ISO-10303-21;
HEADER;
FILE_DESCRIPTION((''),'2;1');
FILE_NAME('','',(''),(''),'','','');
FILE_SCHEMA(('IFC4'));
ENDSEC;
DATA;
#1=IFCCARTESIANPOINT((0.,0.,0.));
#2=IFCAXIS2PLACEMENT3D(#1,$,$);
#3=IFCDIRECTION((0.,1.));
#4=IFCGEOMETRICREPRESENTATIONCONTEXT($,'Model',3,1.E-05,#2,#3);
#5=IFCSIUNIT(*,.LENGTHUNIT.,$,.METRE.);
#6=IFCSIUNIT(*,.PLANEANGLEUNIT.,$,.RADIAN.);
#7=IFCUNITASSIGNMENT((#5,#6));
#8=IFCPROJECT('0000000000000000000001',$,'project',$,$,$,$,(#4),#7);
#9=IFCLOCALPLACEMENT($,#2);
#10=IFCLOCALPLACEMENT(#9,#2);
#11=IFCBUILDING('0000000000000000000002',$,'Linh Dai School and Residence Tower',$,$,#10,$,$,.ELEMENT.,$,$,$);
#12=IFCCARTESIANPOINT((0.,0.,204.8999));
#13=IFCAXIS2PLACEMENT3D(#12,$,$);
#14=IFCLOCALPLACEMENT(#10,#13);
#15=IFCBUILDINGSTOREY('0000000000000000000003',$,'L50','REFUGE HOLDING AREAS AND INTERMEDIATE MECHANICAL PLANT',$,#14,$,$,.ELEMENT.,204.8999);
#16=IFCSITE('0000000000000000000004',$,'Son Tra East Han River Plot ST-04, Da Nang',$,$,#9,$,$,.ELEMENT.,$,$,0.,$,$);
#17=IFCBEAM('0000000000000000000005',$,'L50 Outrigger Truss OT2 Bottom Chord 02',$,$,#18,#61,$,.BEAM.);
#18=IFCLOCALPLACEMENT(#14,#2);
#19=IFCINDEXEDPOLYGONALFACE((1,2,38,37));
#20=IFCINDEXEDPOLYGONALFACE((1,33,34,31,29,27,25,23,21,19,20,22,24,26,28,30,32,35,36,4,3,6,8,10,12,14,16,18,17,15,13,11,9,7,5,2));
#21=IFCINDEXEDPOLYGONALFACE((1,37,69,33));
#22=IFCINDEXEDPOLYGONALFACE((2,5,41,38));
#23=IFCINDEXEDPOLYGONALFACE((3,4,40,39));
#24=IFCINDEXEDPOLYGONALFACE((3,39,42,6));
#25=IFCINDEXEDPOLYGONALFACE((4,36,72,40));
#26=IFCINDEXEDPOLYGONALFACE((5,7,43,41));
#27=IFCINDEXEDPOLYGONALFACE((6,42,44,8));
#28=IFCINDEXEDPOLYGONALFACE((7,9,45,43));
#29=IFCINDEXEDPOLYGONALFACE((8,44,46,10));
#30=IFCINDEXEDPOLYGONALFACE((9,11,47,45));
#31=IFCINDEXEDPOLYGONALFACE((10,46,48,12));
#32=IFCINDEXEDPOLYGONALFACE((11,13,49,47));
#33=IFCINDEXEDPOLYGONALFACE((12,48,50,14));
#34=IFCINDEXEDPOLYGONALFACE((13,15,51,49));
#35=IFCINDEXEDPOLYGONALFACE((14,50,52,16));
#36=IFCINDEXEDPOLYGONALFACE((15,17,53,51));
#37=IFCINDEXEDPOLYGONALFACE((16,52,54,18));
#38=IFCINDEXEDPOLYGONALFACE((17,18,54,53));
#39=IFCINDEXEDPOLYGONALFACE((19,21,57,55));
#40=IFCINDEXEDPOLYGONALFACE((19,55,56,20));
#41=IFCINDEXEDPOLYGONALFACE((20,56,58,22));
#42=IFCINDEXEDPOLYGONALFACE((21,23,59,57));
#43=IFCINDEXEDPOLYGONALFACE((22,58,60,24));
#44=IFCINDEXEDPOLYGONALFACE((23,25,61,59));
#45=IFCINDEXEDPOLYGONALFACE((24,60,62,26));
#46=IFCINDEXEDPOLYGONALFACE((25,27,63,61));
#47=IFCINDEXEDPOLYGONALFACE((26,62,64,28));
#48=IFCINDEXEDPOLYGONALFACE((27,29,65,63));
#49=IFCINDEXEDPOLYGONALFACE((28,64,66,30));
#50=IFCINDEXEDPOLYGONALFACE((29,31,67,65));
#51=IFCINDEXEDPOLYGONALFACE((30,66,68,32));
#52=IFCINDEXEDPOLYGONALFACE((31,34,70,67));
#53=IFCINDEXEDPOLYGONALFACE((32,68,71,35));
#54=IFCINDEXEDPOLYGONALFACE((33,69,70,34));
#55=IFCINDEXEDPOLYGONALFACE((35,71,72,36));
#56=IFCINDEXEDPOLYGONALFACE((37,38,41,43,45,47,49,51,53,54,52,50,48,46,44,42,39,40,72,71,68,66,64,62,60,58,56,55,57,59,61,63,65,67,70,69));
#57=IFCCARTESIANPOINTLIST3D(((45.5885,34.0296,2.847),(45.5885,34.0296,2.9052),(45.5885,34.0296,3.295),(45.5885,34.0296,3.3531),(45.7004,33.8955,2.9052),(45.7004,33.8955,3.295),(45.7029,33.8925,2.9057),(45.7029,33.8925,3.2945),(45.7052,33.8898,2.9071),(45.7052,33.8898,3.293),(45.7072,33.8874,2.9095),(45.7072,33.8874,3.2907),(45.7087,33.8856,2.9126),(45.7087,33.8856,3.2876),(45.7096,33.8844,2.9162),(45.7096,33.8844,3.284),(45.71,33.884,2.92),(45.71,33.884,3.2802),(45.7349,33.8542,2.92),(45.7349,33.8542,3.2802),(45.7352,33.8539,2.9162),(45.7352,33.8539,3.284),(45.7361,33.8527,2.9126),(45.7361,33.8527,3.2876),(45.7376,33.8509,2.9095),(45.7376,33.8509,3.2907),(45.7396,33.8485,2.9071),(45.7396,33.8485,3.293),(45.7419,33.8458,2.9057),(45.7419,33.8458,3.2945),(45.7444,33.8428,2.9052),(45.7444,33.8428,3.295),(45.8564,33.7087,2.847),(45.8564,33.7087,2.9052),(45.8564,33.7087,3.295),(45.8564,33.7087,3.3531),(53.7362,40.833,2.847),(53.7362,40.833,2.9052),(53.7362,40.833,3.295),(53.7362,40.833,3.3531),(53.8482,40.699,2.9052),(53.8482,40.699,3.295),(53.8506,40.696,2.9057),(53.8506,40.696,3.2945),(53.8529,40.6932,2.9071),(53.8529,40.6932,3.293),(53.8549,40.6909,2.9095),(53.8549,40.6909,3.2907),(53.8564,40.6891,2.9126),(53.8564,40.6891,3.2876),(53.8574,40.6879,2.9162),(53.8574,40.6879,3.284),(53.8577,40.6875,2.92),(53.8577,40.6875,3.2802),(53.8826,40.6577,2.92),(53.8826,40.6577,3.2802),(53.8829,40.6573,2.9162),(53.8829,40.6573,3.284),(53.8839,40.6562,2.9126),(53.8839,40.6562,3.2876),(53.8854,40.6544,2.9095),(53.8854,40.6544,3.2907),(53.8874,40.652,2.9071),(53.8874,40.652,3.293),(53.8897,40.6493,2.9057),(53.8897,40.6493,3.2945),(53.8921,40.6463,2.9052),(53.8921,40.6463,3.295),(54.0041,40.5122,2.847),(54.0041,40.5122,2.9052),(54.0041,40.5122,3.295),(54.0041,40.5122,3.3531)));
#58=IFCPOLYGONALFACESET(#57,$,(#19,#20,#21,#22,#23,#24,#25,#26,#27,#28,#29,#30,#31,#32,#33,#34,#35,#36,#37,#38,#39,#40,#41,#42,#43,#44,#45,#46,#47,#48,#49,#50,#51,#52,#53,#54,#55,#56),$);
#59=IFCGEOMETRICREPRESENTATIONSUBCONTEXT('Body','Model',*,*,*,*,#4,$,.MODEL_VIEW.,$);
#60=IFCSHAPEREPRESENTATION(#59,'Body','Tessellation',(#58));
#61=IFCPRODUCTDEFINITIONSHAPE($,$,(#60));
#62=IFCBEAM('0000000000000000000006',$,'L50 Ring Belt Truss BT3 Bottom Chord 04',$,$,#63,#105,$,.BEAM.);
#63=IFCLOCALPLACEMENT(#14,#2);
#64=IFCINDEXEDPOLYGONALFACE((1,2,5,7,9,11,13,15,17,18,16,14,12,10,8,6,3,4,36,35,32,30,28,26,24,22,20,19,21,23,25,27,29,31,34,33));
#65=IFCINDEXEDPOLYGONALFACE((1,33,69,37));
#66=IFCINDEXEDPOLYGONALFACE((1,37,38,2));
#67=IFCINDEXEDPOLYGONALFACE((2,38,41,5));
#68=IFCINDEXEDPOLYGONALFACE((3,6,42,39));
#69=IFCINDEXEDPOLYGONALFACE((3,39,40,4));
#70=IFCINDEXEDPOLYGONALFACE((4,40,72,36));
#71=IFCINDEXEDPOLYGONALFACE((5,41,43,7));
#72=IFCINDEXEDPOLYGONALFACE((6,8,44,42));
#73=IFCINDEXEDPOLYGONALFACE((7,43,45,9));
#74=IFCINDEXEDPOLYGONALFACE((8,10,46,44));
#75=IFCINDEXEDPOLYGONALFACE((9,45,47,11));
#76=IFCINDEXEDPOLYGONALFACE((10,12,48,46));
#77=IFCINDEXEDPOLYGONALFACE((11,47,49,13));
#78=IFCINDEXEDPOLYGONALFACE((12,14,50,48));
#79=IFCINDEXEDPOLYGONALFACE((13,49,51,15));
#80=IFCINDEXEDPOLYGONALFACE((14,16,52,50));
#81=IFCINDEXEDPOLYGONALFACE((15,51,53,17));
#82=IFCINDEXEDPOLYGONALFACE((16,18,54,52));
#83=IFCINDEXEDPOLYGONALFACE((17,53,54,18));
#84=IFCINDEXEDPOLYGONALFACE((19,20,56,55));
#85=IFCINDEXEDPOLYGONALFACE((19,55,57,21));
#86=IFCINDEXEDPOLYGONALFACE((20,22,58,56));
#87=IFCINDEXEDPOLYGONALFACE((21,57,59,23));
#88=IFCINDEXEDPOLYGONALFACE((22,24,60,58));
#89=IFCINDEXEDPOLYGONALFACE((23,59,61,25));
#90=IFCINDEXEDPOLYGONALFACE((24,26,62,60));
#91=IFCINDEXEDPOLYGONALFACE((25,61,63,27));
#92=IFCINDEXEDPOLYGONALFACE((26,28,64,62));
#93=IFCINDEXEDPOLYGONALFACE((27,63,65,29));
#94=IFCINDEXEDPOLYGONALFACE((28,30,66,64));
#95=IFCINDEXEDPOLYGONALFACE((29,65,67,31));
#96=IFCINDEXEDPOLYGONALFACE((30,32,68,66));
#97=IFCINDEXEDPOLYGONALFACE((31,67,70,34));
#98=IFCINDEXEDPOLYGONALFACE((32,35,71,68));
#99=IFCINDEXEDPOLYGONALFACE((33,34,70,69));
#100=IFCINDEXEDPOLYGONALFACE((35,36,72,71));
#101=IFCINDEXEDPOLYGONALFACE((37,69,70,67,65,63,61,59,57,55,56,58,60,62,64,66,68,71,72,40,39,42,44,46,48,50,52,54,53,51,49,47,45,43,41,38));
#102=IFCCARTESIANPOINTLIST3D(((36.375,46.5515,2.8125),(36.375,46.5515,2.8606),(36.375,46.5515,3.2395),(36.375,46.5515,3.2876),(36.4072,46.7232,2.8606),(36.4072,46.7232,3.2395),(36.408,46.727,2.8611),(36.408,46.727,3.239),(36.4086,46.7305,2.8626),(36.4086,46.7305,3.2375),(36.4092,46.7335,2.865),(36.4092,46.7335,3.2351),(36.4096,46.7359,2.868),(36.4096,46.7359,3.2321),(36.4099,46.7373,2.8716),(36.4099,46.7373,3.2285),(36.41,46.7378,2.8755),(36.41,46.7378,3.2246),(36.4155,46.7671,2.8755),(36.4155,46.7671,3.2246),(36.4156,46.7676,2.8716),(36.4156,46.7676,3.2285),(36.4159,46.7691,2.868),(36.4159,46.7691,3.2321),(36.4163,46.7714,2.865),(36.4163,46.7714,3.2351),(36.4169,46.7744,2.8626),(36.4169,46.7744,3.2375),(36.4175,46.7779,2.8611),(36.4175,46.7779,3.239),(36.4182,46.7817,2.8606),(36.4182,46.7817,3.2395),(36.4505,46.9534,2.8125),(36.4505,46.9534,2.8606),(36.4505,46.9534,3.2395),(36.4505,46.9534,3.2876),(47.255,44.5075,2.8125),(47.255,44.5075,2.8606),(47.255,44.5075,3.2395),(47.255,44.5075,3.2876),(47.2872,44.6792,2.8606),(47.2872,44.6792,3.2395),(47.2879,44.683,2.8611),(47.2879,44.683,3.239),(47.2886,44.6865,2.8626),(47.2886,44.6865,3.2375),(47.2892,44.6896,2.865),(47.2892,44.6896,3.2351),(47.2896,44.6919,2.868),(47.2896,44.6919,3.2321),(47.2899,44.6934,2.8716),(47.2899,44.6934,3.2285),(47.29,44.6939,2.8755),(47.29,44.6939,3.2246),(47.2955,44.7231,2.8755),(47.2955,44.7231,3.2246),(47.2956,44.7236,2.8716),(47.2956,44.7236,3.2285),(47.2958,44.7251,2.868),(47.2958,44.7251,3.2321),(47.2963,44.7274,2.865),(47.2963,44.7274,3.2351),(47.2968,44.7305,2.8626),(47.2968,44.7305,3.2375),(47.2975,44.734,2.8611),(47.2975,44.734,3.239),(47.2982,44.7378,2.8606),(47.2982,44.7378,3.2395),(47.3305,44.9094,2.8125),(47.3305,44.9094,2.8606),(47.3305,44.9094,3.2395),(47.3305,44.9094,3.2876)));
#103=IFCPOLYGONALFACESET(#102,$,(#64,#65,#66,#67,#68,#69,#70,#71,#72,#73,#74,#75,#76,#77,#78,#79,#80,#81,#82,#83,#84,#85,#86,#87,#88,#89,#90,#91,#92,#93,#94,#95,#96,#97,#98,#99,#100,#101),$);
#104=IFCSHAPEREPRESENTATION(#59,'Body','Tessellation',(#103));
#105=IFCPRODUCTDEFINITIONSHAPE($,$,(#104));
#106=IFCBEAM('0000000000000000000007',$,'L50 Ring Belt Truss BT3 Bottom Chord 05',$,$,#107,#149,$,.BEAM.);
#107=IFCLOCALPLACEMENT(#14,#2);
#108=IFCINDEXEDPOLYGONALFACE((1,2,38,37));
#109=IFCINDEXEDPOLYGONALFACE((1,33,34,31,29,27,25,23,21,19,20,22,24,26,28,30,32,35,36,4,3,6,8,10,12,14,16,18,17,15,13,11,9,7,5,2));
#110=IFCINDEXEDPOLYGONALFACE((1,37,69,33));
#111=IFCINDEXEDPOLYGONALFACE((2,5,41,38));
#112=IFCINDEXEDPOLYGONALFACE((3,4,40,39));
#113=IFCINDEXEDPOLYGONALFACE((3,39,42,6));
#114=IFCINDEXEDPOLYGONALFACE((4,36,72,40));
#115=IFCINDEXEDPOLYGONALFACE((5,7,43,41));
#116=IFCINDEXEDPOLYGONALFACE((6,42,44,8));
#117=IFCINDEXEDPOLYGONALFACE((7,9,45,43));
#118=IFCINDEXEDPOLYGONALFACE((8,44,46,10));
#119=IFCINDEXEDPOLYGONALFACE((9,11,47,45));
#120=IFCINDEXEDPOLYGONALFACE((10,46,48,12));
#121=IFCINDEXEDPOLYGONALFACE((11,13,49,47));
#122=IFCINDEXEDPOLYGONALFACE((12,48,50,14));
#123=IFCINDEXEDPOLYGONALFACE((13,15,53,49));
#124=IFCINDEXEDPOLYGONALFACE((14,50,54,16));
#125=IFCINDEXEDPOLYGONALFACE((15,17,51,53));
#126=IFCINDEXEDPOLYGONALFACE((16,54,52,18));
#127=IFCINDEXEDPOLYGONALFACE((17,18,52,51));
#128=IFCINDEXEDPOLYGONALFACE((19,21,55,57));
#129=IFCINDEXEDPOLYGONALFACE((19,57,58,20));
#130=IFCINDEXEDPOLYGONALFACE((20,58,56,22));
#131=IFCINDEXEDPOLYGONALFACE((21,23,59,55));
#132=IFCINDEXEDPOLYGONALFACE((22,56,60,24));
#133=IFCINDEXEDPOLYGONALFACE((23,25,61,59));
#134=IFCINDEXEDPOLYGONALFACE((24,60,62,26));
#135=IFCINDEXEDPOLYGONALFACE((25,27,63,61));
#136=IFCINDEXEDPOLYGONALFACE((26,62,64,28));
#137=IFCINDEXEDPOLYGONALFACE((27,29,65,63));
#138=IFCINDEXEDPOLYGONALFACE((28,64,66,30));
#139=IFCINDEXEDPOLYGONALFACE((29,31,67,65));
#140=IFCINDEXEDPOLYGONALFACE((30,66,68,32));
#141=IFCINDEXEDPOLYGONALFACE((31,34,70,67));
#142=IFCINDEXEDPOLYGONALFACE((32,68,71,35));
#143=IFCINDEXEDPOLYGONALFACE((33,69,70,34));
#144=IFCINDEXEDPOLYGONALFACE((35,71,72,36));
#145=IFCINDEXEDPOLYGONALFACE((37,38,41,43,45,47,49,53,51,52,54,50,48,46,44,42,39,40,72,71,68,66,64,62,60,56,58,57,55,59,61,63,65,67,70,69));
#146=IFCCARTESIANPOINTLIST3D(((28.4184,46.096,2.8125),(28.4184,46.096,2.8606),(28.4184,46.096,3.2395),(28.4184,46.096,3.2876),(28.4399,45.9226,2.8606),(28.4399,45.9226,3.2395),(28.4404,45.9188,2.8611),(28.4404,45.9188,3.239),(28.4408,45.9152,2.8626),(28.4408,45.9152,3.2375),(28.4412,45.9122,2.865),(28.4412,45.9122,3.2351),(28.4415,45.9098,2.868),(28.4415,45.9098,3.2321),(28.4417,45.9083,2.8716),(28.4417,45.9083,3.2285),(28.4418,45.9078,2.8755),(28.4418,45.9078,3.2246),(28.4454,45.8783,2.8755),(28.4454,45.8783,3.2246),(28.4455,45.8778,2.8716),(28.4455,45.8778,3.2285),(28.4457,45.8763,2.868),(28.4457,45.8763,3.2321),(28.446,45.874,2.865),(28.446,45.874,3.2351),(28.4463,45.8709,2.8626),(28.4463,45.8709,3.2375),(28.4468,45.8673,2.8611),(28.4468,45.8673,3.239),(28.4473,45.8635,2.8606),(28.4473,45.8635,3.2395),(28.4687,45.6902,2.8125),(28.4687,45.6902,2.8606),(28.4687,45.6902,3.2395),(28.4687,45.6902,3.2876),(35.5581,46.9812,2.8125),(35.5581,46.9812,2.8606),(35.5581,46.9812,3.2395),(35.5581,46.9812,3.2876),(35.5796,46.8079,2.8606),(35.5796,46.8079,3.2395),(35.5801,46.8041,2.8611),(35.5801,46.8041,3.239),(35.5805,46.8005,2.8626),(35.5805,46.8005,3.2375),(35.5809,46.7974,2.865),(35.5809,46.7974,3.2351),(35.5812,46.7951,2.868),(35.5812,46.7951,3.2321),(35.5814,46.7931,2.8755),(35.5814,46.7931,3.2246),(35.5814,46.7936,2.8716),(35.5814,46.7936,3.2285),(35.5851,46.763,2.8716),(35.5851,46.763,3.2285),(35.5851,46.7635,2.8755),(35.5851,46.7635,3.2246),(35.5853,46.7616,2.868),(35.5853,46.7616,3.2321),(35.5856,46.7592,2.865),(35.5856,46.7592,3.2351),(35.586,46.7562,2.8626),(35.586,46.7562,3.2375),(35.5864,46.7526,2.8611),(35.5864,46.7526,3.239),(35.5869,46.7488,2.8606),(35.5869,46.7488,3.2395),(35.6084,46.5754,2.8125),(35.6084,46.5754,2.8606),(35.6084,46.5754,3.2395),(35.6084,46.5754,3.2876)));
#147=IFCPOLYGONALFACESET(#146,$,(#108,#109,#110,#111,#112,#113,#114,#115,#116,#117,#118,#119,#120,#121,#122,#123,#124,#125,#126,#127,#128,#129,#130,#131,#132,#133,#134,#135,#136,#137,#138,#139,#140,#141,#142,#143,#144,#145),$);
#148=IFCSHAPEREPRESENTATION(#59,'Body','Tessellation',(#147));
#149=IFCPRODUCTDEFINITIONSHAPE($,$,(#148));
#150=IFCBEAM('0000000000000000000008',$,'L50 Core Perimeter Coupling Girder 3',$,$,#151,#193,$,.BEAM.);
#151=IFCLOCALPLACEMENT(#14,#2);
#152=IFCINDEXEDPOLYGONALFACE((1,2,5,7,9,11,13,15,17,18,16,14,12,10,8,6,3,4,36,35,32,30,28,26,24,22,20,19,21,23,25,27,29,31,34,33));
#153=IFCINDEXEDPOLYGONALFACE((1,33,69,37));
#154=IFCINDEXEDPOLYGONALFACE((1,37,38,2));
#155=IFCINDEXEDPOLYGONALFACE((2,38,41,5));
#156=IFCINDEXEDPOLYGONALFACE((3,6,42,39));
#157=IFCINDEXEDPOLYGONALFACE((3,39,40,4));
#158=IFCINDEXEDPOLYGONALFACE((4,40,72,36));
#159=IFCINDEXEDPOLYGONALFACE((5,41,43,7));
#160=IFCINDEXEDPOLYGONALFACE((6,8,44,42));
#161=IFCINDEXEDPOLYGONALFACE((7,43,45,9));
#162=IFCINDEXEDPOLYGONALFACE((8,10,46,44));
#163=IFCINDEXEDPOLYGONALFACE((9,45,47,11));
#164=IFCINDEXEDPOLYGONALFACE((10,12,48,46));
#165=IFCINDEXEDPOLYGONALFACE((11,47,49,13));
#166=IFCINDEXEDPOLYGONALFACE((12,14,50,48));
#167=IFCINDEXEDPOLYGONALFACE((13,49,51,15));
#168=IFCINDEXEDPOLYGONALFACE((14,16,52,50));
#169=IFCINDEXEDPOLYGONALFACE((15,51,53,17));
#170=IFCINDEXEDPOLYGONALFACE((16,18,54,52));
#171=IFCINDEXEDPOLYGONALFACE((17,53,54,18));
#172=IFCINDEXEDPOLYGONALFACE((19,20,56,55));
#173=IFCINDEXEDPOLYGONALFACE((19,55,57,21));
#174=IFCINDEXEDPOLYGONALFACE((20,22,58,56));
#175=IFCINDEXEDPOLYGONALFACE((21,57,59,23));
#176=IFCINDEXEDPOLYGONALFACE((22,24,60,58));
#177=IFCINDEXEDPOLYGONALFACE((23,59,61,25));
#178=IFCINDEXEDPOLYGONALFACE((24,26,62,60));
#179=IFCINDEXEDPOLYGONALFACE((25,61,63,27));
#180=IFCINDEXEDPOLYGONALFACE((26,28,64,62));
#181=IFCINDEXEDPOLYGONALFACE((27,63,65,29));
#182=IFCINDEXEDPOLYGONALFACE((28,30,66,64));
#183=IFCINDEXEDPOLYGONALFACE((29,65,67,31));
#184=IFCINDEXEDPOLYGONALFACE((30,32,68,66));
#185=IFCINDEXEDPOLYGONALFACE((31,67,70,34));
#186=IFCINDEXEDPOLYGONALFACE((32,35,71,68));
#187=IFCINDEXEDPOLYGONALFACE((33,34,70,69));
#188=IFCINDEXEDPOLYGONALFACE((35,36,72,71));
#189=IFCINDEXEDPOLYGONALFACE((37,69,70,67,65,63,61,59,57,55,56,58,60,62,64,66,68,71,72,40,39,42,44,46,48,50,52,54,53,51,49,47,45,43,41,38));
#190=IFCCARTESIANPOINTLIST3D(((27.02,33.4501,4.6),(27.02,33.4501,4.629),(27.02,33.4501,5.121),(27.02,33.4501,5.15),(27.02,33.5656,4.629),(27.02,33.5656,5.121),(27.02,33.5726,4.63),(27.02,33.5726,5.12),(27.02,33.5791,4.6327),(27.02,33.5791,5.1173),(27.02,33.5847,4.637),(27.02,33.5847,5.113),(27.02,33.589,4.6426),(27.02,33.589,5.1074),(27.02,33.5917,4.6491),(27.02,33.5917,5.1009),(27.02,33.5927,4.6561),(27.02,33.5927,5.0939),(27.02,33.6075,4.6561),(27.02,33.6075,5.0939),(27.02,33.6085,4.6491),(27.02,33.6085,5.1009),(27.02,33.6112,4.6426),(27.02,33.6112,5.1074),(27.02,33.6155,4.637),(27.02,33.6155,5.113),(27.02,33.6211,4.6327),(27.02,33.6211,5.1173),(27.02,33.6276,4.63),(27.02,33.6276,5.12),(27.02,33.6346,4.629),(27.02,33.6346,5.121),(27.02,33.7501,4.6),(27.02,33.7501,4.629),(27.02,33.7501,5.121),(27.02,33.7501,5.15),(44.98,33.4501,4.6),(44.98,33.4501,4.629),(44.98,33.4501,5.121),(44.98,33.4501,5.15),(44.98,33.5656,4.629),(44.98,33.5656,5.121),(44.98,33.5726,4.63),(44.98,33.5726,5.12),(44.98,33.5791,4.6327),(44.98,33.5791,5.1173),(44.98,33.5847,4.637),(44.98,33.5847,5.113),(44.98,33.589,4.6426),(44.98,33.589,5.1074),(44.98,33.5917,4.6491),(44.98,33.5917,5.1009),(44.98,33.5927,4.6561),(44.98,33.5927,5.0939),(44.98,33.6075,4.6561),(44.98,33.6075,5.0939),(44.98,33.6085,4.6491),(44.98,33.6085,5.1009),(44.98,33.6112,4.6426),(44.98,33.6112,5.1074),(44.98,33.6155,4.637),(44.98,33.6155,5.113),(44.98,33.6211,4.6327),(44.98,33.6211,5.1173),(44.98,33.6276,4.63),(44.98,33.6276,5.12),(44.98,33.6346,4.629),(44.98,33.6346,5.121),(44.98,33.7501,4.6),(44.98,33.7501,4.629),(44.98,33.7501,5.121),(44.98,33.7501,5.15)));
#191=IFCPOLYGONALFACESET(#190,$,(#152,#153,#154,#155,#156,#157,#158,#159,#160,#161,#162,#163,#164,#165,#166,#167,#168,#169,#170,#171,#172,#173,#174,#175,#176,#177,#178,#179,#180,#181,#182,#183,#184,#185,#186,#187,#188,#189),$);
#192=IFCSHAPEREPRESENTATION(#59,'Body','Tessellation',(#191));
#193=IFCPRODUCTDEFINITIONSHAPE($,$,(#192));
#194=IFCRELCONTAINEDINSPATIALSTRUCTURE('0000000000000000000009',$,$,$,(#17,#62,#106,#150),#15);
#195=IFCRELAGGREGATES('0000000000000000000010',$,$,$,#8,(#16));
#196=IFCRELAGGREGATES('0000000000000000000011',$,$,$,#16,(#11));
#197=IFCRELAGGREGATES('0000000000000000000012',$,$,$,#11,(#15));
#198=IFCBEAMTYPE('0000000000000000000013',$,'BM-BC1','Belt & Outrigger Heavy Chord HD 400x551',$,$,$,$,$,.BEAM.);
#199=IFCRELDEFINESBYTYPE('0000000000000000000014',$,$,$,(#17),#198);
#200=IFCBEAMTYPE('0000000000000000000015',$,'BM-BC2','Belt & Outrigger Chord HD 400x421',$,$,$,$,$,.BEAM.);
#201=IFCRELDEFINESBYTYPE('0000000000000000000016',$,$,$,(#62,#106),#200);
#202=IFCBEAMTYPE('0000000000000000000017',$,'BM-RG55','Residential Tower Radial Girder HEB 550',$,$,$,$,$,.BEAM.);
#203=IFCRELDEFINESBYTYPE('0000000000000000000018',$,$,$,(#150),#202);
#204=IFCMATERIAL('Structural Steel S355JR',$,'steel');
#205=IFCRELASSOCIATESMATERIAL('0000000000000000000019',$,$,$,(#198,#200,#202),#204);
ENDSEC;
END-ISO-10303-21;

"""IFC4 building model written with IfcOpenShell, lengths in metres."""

from ifc_helpers import new_model, si_unit, direction, frame, origin, origin_2d, place, context, subcontext, project, spatial, i_section, extrude, material, material_profile, profile_set, type_object, element, save


model = new_model("IFC4")

# Units and contexts
model_context = context("Model", 3, precision=1e-05, world=origin(), true_north=direction((0.0, 1.0)))
body_context = subcontext(model_context, "Body", "Model", "MODEL_VIEW")
ifc_project = project(units=[si_unit("LENGTHUNIT", "METRE"), si_unit("PLANEANGLEUNIT", "RADIAN")], contexts=[model_context])

# Site, building, storey
site_placement = place(None, origin())
site = spatial("IfcSite", under=ifc_project, at=site_placement, Name="Son Tra East Han River Plot ST-04, Da Nang", CompositionType="ELEMENT", RefElevation=0.0)
building_placement = place(site_placement, origin())
building = spatial("IfcBuilding", under=site, at=building_placement, Name="Linh Dai School and Residence Tower", CompositionType="ELEMENT")
storey_placement = place(building_placement, frame((0.0, 0.0, 204.8999)))
storey = spatial("IfcBuildingStorey", under=building, at=storey_placement, Name="L50", Description="REFUGE HOLDING AREAS AND INTERMEDIATE MECHANICAL PLANT", CompositionType="ELEMENT", Elevation=204.8999)

# Shared definitions
ifc_material_1 = material(Name="Structural Steel S355JR", Category="steel")

# Beams
ifc_material_profile_1 = material_profile(ifc_material_1, i_section(OverallWidth=0.418, OverallDepth=0.5061, WebThickness=0.0388, FlangeThickness=0.0581, FilletRadius=0.0149, at=origin_2d()), Name="HD 400x551")
ifc_profile_set_1 = profile_set([ifc_material_profile_1], Name="Structural Steel S355JR")
beam_type_1 = type_object("IfcBeamType", Name="BM-BC1", Description="Belt & Outrigger Heavy Chord HD 400x551", PredefinedType="BEAM", material=ifc_profile_set_1)
beam_1_placement = place(storey_placement, frame((45.7224, 33.8691, 3.1001), z_axis=(0.767586, 0.640946, 0.0), x_axis=(-0.640946, 0.767586, 0.0)))
element("IfcBeam", 1, at=beam_1_placement, inside=storey, type_object=beam_type_1, Name="L50 Outrigger Truss OT2 Bottom Chord 02", PredefinedType="BEAM", context=body_context, shape_type="SweptSolid", body=[
    extrude(i_section(OverallWidth=0.418, OverallDepth=0.5061, WebThickness=0.0388, FlangeThickness=0.0581, FilletRadius=0.0149, at=origin_2d()), origin(), (0.0, 0.0, 1.0), 10.6147),
])
ifc_material_profile_2 = material_profile(ifc_material_1, i_section(OverallWidth=0.4089, OverallDepth=0.4751, WebThickness=0.0298, FlangeThickness=0.0481, FilletRadius=0.0149, at=origin_2d()), Name="HD 400x421")
ifc_profile_set_2 = profile_set([ifc_material_profile_2], Name="Structural Steel S355JR")
beam_type_2 = type_object("IfcBeamType", Name="BM-BC2", Description="Belt & Outrigger Chord HD 400x421", PredefinedType="BEAM", material=ifc_profile_set_2)
beam_2_placement = place(storey_placement, frame((47.2927, 44.7085, 3.05), z_axis=(-0.982807, 0.184635, 0.0), x_axis=(-0.184635, -0.982807, 0.0)))
element("IfcBeam", 2, at=beam_2_placement, inside=storey, type_object=beam_type_2, Name="L50 Ring Belt Truss BT3 Bottom Chord 04", PredefinedType="BEAM", context=body_context, shape_type="SweptSolid", body=[
    extrude(i_section(OverallWidth=0.4089, OverallDepth=0.4751, WebThickness=0.0298, FlangeThickness=0.0481, FilletRadius=0.0149, at=origin_2d()), origin(), (0.0, 0.0, 1.0), 11.0703),
])
beam_3_placement = place(storey_placement, frame((35.5833, 46.7783, 3.05), z_axis=(-0.992401, -0.123049, 0.0), x_axis=(0.123049, -0.992401, 0.0)))
element("IfcBeam", 3, at=beam_3_placement, inside=storey, type_object=beam_type_2, Name="L50 Ring Belt Truss BT3 Bottom Chord 05", PredefinedType="BEAM", context=body_context, shape_type="SweptSolid", body=[
    extrude(i_section(OverallWidth=0.4089, OverallDepth=0.4751, WebThickness=0.0298, FlangeThickness=0.0481, FilletRadius=0.0149, at=origin_2d()), origin(), (0.0, 0.0, 1.0), 7.1943),
])
ifc_material_profile_3 = material_profile(ifc_material_1, i_section(OverallWidth=0.3, OverallDepth=0.55, WebThickness=0.0149, FlangeThickness=0.0291, FilletRadius=0.0271, at=origin_2d()), Name="HEB 550")
ifc_profile_set_3 = profile_set([ifc_material_profile_3], Name="Structural Steel S355JR")
beam_type_3 = type_object("IfcBeamType", Name="BM-RG55", Description="Residential Tower Radial Girder HEB 550", PredefinedType="BEAM", material=ifc_profile_set_3)
beam_4_placement = place(storey_placement, frame((44.98, 33.6001, 4.875), z_axis=(-1.0, 0.0, 0.0), x_axis=(0.0, -1.0, 0.0)))
element("IfcBeam", 4, at=beam_4_placement, inside=storey, type_object=beam_type_3, Name="L50 Core Perimeter Coupling Girder 3", PredefinedType="BEAM", context=body_context, shape_type="SweptSolid", body=[
    extrude(i_section(OverallWidth=0.3, OverallDepth=0.55, WebThickness=0.0149, FlangeThickness=0.0291, FilletRadius=0.0271, at=origin_2d()), origin(), (0.0, 0.0, 1.0), 17.96),
])

save(model, "model.ifc")
